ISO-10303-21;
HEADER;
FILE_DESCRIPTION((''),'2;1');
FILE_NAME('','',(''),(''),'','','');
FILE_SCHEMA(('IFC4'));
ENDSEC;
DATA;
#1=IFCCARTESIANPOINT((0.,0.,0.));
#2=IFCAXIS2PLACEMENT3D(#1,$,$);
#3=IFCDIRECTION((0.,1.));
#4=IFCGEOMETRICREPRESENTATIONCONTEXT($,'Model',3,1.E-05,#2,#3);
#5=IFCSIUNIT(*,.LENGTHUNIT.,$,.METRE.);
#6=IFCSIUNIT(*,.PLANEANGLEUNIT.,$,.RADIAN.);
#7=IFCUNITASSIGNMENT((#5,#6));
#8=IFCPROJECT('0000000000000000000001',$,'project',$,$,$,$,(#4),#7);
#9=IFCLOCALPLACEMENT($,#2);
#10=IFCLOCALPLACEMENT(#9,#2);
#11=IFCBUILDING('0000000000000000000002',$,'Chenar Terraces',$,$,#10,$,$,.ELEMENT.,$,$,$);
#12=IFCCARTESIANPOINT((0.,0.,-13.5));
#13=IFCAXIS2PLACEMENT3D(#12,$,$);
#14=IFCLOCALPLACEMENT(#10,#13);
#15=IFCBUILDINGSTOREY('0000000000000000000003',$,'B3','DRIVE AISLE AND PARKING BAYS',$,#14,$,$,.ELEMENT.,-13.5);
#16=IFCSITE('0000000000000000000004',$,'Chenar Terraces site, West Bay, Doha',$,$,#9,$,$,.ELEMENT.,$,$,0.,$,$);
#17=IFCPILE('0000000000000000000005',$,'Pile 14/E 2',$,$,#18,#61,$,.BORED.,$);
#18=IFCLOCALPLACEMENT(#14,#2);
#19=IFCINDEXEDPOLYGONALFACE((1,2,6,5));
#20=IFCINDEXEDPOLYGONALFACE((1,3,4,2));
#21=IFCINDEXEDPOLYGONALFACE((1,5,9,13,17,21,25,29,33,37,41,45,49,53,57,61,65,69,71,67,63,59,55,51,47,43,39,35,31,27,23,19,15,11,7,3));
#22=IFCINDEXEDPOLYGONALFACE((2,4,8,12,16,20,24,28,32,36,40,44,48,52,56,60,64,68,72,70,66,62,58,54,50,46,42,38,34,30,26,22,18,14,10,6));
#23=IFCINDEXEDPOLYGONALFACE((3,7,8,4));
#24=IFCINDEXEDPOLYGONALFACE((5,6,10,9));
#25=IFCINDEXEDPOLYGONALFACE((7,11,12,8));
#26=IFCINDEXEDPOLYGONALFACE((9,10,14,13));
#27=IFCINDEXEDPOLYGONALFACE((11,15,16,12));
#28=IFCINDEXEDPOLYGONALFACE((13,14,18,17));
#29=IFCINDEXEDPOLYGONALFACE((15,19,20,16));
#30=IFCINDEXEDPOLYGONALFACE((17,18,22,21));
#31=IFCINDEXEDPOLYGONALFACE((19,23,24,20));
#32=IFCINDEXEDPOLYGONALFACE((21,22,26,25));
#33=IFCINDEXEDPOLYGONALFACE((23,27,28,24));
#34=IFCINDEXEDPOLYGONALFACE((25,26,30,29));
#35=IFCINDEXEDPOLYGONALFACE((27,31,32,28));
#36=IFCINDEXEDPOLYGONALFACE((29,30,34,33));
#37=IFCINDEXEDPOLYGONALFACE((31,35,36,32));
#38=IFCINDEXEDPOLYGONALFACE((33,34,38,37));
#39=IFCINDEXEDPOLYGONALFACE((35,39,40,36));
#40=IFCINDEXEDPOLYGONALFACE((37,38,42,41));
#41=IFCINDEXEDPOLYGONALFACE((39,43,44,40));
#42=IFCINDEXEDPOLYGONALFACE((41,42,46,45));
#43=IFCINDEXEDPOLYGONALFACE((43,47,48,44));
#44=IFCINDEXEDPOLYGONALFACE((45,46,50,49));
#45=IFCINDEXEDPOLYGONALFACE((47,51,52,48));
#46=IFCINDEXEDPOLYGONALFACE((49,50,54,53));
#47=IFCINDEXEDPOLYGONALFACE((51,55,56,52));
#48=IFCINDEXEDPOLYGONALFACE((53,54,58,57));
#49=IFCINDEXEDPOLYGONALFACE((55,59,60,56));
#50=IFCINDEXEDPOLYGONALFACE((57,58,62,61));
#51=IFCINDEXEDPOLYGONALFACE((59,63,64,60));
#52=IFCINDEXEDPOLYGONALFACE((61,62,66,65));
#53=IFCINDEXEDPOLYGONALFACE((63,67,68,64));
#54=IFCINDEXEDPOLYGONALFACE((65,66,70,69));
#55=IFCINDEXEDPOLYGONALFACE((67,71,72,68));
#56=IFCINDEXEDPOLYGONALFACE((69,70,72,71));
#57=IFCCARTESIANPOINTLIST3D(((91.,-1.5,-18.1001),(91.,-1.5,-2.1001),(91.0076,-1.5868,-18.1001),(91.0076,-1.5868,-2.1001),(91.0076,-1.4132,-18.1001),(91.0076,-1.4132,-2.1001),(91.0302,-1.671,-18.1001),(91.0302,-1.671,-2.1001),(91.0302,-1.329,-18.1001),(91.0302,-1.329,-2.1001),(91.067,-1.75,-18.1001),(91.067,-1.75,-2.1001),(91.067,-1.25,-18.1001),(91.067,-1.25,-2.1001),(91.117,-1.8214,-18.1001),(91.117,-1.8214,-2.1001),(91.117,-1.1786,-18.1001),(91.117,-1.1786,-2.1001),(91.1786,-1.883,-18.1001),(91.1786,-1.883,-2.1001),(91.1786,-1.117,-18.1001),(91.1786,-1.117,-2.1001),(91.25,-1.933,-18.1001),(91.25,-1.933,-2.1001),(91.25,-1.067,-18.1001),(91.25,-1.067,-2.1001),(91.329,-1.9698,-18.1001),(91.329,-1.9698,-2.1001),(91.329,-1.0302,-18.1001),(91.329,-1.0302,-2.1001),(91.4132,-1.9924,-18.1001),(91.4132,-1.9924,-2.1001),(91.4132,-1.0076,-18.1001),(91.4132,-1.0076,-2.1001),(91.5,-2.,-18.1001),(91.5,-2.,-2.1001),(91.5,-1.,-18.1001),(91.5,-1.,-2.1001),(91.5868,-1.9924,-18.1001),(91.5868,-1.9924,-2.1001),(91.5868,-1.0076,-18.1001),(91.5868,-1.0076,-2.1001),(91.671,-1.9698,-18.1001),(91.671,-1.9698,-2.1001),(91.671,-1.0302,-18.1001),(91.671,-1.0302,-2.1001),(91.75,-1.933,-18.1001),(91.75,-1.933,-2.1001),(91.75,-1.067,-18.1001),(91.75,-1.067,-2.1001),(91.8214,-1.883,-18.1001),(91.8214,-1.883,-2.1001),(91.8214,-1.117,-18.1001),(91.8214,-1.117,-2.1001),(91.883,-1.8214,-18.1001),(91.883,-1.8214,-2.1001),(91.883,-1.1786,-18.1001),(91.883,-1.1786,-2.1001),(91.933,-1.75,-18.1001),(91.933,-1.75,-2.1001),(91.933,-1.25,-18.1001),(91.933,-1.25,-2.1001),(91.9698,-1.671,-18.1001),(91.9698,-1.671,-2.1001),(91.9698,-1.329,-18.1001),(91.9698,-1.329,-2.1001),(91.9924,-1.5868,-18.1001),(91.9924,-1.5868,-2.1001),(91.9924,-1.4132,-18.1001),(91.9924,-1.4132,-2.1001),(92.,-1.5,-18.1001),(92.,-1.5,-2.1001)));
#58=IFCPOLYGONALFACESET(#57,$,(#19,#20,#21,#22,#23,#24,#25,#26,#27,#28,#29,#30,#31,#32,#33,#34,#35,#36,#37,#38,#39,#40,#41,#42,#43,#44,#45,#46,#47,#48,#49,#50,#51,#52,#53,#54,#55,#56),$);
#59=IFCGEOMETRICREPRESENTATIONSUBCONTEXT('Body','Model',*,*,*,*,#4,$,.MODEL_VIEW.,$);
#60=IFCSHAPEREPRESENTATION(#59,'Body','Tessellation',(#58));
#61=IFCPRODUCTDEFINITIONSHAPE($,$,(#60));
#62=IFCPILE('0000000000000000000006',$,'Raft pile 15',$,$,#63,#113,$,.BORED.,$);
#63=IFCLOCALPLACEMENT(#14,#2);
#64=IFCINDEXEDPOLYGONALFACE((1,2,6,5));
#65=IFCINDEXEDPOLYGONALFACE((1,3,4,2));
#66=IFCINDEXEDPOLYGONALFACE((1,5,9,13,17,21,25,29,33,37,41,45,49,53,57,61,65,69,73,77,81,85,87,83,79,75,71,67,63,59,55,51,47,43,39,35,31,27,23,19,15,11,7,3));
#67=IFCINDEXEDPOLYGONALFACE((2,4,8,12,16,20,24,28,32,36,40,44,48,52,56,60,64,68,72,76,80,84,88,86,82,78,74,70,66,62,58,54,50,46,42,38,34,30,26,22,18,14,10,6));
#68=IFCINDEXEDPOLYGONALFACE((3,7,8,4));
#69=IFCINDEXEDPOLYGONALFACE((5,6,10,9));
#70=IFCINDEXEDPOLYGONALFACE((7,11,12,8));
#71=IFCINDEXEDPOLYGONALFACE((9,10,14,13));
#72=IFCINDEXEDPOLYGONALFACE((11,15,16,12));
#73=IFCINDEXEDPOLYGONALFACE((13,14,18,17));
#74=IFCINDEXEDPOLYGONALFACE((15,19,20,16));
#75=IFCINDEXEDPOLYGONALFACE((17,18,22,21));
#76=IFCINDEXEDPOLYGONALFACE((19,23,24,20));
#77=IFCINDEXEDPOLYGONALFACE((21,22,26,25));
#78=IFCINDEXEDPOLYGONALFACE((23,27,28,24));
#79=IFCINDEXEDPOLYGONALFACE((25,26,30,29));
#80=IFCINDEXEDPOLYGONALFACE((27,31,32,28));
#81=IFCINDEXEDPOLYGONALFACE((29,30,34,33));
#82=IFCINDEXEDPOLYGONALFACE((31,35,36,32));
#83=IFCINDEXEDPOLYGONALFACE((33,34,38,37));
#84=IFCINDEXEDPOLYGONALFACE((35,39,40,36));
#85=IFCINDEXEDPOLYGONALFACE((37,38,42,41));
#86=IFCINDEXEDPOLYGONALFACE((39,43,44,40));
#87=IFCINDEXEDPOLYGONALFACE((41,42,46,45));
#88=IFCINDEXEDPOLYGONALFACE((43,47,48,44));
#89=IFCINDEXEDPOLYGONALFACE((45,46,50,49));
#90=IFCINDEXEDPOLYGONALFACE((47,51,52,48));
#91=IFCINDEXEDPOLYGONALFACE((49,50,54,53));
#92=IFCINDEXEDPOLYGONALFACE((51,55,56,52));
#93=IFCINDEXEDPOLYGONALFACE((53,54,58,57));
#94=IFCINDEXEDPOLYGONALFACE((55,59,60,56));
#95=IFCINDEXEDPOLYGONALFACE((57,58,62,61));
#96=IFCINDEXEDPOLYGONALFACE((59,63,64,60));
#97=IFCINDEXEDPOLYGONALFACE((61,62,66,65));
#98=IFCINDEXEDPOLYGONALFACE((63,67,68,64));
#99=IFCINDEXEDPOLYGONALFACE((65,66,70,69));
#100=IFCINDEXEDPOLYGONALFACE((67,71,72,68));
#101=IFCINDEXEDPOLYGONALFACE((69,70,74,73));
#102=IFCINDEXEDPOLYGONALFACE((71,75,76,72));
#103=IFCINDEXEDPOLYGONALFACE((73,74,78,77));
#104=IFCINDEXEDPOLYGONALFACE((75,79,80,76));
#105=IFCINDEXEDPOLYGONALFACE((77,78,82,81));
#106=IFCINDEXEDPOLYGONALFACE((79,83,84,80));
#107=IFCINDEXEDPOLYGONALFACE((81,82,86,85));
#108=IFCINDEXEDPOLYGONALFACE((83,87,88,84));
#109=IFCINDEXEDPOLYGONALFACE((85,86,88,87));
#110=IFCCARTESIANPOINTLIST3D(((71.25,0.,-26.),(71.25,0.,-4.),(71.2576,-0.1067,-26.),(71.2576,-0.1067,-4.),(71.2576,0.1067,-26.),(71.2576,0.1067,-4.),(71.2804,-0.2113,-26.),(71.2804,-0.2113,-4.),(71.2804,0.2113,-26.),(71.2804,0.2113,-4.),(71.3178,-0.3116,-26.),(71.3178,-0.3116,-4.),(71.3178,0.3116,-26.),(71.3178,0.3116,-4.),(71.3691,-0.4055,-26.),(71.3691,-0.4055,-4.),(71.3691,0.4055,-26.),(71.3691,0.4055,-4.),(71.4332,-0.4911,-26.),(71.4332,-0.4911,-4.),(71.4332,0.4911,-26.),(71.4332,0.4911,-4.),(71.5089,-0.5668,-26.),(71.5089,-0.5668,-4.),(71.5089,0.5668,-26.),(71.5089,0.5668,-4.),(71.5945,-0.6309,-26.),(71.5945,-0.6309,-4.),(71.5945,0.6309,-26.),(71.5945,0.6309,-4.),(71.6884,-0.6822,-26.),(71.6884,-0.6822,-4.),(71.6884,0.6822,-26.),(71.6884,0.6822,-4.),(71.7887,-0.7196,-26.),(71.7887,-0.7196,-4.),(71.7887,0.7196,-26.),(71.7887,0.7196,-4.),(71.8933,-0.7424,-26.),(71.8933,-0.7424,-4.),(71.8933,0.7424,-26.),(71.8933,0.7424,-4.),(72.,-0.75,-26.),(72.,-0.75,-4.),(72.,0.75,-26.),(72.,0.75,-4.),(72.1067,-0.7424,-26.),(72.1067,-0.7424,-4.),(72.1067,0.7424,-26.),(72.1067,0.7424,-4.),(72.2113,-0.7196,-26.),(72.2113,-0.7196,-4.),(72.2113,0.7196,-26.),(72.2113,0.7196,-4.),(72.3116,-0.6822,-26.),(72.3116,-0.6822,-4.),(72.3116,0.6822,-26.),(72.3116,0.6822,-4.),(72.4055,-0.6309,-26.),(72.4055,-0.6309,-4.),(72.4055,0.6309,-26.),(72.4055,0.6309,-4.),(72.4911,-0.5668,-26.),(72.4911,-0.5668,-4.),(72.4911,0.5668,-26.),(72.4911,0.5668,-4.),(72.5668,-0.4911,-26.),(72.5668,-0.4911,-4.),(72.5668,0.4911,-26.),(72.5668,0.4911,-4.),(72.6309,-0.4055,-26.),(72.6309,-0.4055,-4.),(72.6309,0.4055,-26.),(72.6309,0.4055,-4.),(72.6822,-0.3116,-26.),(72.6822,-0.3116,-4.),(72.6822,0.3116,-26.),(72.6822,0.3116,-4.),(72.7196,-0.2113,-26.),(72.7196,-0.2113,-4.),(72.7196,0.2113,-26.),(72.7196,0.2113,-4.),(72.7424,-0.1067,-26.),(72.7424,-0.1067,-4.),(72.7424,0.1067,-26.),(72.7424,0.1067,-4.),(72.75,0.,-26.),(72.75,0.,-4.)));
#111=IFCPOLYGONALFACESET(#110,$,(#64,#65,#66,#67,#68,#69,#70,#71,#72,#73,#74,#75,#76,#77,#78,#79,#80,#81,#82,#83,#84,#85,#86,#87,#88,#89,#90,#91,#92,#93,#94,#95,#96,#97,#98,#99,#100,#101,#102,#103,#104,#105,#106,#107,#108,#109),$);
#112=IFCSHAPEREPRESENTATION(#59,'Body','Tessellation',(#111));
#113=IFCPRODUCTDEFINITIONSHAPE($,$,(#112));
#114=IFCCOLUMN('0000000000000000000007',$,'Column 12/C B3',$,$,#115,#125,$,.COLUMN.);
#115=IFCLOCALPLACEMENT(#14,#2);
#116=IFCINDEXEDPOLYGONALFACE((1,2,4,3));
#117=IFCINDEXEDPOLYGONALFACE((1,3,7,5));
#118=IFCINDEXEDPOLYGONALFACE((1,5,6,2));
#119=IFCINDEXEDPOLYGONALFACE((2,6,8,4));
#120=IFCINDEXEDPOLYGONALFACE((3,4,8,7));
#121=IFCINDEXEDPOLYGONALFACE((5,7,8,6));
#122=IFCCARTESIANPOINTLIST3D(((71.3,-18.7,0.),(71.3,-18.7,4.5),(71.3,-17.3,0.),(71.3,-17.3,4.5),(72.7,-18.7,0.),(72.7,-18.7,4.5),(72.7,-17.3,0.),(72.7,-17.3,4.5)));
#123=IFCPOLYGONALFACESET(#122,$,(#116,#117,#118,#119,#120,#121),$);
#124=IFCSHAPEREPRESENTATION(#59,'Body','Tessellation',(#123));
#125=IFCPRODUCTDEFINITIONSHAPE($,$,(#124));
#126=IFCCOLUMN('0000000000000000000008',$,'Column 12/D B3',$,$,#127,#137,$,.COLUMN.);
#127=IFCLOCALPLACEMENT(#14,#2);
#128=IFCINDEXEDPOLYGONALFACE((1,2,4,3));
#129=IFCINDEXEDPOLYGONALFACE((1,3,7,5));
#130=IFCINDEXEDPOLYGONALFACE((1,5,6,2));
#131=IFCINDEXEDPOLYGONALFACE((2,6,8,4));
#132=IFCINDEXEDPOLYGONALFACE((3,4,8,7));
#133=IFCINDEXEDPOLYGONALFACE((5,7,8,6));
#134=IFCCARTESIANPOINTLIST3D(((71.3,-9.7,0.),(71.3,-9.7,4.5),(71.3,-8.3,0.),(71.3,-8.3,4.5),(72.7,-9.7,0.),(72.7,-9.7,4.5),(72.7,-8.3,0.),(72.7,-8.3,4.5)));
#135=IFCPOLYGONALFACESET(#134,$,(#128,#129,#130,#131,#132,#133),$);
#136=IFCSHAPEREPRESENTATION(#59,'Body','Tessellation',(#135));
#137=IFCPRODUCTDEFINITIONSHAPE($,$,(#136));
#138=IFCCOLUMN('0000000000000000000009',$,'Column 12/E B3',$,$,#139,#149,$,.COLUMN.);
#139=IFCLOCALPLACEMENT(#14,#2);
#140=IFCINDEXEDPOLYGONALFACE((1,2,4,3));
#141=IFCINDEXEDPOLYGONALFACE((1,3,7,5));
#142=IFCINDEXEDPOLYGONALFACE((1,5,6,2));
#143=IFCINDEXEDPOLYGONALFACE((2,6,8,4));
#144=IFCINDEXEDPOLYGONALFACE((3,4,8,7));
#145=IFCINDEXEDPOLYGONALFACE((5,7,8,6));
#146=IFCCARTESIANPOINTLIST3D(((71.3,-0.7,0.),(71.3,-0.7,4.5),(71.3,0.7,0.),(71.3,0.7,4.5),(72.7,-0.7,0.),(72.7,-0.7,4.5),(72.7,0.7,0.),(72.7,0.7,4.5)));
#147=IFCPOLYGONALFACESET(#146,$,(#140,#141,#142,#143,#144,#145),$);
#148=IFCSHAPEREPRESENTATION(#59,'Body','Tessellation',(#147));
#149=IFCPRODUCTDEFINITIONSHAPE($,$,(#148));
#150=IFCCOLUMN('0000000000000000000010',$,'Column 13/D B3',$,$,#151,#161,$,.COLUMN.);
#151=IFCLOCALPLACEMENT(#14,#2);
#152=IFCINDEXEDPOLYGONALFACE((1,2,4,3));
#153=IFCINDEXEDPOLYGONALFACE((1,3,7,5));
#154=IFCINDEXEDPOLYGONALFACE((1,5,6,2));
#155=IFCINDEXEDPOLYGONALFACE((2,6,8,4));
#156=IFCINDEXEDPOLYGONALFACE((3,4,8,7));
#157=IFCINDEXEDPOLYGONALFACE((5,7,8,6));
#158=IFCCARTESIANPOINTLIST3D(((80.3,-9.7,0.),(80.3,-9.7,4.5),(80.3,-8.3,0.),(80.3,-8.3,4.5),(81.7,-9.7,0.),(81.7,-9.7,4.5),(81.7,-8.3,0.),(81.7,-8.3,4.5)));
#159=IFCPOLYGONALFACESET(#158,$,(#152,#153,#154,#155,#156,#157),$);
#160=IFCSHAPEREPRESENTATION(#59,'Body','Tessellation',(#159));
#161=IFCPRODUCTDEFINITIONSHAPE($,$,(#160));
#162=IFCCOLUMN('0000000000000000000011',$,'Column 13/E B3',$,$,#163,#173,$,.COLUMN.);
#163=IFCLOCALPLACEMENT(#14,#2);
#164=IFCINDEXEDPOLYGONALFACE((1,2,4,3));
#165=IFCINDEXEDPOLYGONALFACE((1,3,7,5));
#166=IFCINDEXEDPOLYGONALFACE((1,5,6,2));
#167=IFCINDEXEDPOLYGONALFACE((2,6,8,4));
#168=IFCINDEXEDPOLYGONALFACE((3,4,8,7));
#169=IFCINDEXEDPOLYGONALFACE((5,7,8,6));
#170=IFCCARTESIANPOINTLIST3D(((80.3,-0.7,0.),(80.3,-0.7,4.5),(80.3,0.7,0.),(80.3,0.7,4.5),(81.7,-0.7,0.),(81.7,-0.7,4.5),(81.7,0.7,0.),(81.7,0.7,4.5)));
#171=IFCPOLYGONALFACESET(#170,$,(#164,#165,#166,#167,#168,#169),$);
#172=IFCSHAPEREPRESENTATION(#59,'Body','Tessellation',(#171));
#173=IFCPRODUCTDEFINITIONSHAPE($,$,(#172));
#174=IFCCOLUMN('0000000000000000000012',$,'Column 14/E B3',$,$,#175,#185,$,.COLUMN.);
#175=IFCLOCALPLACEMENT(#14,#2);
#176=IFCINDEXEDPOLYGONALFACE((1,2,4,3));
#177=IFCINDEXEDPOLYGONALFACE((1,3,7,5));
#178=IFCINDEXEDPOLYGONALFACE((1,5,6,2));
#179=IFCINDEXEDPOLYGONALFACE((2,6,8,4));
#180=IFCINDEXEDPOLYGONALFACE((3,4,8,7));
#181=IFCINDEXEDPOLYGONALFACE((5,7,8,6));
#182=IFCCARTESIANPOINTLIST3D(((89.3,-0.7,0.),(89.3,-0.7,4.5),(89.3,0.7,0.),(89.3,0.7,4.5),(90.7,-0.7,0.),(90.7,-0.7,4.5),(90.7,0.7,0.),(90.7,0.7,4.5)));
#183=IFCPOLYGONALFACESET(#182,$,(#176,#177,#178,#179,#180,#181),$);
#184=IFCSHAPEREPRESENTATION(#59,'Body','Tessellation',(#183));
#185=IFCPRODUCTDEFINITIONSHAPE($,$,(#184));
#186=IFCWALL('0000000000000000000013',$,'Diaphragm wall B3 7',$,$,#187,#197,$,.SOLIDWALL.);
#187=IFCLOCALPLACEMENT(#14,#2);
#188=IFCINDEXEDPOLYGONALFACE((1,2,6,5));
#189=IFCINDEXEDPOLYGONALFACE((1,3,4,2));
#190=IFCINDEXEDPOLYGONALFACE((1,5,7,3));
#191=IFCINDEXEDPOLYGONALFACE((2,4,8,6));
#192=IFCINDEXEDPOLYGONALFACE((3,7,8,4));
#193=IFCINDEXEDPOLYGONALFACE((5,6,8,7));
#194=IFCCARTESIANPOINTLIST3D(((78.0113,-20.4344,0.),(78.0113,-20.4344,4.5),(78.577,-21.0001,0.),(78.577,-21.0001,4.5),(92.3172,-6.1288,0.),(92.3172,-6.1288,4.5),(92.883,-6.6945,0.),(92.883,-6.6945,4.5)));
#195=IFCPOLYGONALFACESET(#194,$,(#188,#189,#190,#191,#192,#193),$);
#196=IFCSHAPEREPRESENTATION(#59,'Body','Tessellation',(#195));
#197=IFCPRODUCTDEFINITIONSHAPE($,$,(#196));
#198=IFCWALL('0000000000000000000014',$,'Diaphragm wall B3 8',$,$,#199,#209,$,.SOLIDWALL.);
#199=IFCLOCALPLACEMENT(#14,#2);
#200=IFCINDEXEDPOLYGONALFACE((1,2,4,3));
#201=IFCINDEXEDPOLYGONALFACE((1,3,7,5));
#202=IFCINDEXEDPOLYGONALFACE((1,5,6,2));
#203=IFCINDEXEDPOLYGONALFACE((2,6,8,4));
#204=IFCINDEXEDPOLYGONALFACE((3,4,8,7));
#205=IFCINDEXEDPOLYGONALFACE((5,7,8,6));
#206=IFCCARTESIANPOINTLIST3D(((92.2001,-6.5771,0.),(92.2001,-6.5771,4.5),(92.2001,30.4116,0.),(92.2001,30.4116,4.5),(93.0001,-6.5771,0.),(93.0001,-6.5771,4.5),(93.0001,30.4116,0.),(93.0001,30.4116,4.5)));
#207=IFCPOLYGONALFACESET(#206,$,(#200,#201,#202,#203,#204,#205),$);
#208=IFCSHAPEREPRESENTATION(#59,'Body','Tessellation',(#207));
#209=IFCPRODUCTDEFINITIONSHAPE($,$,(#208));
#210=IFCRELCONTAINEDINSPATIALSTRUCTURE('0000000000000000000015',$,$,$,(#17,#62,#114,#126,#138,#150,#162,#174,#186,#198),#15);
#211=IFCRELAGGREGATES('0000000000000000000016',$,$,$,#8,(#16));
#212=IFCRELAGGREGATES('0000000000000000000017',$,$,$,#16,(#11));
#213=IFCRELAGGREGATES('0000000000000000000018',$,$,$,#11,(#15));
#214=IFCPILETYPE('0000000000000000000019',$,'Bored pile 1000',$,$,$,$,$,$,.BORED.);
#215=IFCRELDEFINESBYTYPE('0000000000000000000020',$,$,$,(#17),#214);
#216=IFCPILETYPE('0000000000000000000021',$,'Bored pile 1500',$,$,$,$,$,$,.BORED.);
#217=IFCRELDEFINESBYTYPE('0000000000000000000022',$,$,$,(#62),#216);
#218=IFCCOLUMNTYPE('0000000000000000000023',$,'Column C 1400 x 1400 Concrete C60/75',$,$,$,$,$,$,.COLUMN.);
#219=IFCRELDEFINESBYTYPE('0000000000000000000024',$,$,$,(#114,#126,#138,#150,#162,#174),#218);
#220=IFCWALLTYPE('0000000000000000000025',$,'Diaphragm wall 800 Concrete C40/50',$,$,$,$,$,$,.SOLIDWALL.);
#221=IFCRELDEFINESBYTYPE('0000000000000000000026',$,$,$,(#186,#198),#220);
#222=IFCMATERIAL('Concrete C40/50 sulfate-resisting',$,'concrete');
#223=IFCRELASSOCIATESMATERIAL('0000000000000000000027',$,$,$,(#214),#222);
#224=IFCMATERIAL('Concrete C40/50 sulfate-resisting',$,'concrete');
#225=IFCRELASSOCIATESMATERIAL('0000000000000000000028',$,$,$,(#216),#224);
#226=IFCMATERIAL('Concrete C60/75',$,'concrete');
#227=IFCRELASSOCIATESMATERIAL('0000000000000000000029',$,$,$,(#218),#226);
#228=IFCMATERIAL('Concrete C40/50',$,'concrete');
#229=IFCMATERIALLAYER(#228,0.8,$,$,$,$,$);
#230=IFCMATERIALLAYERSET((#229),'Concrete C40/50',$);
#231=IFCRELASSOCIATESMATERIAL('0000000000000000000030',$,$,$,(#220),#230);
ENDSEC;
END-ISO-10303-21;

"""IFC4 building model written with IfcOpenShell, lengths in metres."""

from ifc_helpers import new_model, si_unit, direction, frame, frame_2d, origin, origin_2d, place, context, subcontext, project, spatial, rectangle, circle, extrude, material, layer, layer_set, material_profile, profile_set, type_object, element, save


model = new_model("IFC4")

# Units and contexts
model_context = context("Model", 3, precision=1e-05, world=origin(), true_north=direction((0.0, 1.0)))
body_context = subcontext(model_context, "Body", "Model", "MODEL_VIEW")
ifc_project = project(units=[si_unit("LENGTHUNIT", "METRE"), si_unit("PLANEANGLEUNIT", "RADIAN")], contexts=[model_context])

# Site, building, storey
site_placement = place(None, origin())
site = spatial("IfcSite", under=ifc_project, at=site_placement, Name="Chenar Terraces site, West Bay, Doha", CompositionType="ELEMENT", RefElevation=0.0)
building_placement = place(site_placement, origin())
building = spatial("IfcBuilding", under=site, at=building_placement, Name="Chenar Terraces", CompositionType="ELEMENT")
storey_placement = place(building_placement, frame((0.0, 0.0, -13.5)))
storey = spatial("IfcBuildingStorey", under=building, at=storey_placement, Name="B3", Description="DRIVE AISLE AND PARKING BAYS", CompositionType="ELEMENT", Elevation=-13.5)

# Piles
ifc_material_1 = material(Name="Concrete C40/50 sulfate-resisting", Category="concrete")
ifc_material_profile_1 = material_profile(ifc_material_1, circle(Radius=0.5, at=origin_2d()), Name="BP 1000")
ifc_profile_set_1 = profile_set([ifc_material_profile_1], Name="Concrete C40/50 sulfate-resisting")
pile_type_1 = type_object("IfcPileType", Name="Bored pile 1000", PredefinedType="BORED", material=ifc_profile_set_1)
for number, where, z_axis, x_axis, name in (
    (1, (91.5, -1.5, -2.1001), (0.0, 0.0, -1.0), (1.0, 0.0, 0.0), "Pile 14/E 2"),
):
    element("IfcPile", number, at=place(storey_placement, frame(where, z_axis=z_axis, x_axis=x_axis)), inside=storey, type_object=pile_type_1, Name=name, PredefinedType="BORED", context=body_context, shape_type="SweptSolid", body=[
        extrude(circle(Radius=0.5, at=origin_2d()), origin(), (0.0, 0.0, 1.0), 16.0),
    ])
ifc_material_2 = material(Name="Concrete C40/50 sulfate-resisting", Category="concrete")
ifc_material_profile_2 = material_profile(ifc_material_2, circle(Radius=0.75, at=origin_2d()), Name="BP 1500")
ifc_profile_set_2 = profile_set([ifc_material_profile_2], Name="Concrete C40/50 sulfate-resisting")
pile_type_2 = type_object("IfcPileType", Name="Bored pile 1500", PredefinedType="BORED", material=ifc_profile_set_2)
pile_placement = place(storey_placement, frame((72.0, 0.0, -4.0), z_axis=(0.0, 0.0, -1.0), x_axis=(1.0, 0.0, 0.0)))
element("IfcPile", 2, at=pile_placement, inside=storey, type_object=pile_type_2, Name="Raft pile 15", PredefinedType="BORED", context=body_context, shape_type="SweptSolid", body=[
    extrude(circle(Radius=0.75, at=origin_2d()), origin(), (0.0, 0.0, 1.0), 22.0),
])

# Columns
ifc_material_3 = material(Name="Concrete C60/75", Category="concrete")
ifc_material_profile_3 = material_profile(ifc_material_3, rectangle(XDim=1.3999, YDim=1.3999, at=origin_2d()), Name="C 1400 x 1400")
ifc_profile_set_3 = profile_set([ifc_material_profile_3], Name="Concrete C60/75")
column_type = type_object("IfcColumnType", Name="Column C 1400 x 1400 Concrete C60/75", PredefinedType="COLUMN", material=ifc_profile_set_3)
for number, where, z_axis, x_axis, name in (
    (3, (72.0, -18.0, 0.0), (0.0, 0.0, 1.0), (1.0, 0.0, 0.0), "Column 12/C B3"),
    (4, (72.0, -9.0, 0.0), (0.0, 0.0, 1.0), (1.0, 0.0, 0.0), "Column 12/D B3"),
    (5, (72.0, 0.0, 0.0), (0.0, 0.0, 1.0), (1.0, 0.0, 0.0), "Column 12/E B3"),
    (6, (81.0, -9.0, 0.0), (0.0, 0.0, 1.0), (1.0, 0.0, 0.0), "Column 13/D B3"),
    (7, (81.0, 0.0, 0.0), (0.0, 0.0, 1.0), (1.0, 0.0, 0.0), "Column 13/E B3"),
    (8, (90.0, 0.0, 0.0), (0.0, 0.0, 1.0), (1.0, 0.0, 0.0), "Column 14/E B3"),
):
    element("IfcColumn", number, at=place(storey_placement, frame(where, z_axis=z_axis, x_axis=x_axis)), inside=storey, type_object=column_type, Name=name, PredefinedType="COLUMN", context=body_context, shape_type="SweptSolid", body=[
        extrude(rectangle(XDim=1.3999, YDim=1.3999, at=origin_2d()), origin(), (0.0, 0.0, 1.0), 4.5),
    ])

# Walls
ifc_material_4 = material(Name="Concrete C40/50", Category="concrete")
ifc_layer = layer(ifc_material_4, 0.8)
ifc_layer_set = layer_set([ifc_layer], Name="Concrete C40/50")
wall_type = type_object("IfcWallType", Name="Diaphragm wall 800 Concrete C40/50", PredefinedType="SOLIDWALL", material=ifc_layer_set)
wall_1_placement = place(storey_placement, frame((78.2942, -20.7173, 0.0), z_axis=(0.0, 0.0, 1.0), x_axis=(0.707113, 0.707101, 0.0)))
element("IfcWall", 9, at=wall_1_placement, inside=storey, type_object=wall_type, Name="Diaphragm wall B3 7", PredefinedType="SOLIDWALL", context=body_context, shape_type="SweptSolid", body=[
    extrude(rectangle(XDim=20.2314, YDim=0.8, at=frame_2d((10.1157, 0.0))), origin(), (0.0, 0.0, 1.0), 4.5),
])
wall_2_placement = place(storey_placement, frame((92.6001, -6.5771, 0.0), z_axis=(0.0, 0.0, 1.0), x_axis=(0.0, 1.0, 0.0)))
element("IfcWall", 10, at=wall_2_placement, inside=storey, type_object=wall_type, Name="Diaphragm wall B3 8", PredefinedType="SOLIDWALL", context=body_context, shape_type="SweptSolid", body=[
    extrude(rectangle(XDim=36.9888, YDim=0.8, at=frame_2d((18.4944, 0.0))), origin(), (0.0, 0.0, 1.0), 4.5),
])

save(model, "model.ifc")
